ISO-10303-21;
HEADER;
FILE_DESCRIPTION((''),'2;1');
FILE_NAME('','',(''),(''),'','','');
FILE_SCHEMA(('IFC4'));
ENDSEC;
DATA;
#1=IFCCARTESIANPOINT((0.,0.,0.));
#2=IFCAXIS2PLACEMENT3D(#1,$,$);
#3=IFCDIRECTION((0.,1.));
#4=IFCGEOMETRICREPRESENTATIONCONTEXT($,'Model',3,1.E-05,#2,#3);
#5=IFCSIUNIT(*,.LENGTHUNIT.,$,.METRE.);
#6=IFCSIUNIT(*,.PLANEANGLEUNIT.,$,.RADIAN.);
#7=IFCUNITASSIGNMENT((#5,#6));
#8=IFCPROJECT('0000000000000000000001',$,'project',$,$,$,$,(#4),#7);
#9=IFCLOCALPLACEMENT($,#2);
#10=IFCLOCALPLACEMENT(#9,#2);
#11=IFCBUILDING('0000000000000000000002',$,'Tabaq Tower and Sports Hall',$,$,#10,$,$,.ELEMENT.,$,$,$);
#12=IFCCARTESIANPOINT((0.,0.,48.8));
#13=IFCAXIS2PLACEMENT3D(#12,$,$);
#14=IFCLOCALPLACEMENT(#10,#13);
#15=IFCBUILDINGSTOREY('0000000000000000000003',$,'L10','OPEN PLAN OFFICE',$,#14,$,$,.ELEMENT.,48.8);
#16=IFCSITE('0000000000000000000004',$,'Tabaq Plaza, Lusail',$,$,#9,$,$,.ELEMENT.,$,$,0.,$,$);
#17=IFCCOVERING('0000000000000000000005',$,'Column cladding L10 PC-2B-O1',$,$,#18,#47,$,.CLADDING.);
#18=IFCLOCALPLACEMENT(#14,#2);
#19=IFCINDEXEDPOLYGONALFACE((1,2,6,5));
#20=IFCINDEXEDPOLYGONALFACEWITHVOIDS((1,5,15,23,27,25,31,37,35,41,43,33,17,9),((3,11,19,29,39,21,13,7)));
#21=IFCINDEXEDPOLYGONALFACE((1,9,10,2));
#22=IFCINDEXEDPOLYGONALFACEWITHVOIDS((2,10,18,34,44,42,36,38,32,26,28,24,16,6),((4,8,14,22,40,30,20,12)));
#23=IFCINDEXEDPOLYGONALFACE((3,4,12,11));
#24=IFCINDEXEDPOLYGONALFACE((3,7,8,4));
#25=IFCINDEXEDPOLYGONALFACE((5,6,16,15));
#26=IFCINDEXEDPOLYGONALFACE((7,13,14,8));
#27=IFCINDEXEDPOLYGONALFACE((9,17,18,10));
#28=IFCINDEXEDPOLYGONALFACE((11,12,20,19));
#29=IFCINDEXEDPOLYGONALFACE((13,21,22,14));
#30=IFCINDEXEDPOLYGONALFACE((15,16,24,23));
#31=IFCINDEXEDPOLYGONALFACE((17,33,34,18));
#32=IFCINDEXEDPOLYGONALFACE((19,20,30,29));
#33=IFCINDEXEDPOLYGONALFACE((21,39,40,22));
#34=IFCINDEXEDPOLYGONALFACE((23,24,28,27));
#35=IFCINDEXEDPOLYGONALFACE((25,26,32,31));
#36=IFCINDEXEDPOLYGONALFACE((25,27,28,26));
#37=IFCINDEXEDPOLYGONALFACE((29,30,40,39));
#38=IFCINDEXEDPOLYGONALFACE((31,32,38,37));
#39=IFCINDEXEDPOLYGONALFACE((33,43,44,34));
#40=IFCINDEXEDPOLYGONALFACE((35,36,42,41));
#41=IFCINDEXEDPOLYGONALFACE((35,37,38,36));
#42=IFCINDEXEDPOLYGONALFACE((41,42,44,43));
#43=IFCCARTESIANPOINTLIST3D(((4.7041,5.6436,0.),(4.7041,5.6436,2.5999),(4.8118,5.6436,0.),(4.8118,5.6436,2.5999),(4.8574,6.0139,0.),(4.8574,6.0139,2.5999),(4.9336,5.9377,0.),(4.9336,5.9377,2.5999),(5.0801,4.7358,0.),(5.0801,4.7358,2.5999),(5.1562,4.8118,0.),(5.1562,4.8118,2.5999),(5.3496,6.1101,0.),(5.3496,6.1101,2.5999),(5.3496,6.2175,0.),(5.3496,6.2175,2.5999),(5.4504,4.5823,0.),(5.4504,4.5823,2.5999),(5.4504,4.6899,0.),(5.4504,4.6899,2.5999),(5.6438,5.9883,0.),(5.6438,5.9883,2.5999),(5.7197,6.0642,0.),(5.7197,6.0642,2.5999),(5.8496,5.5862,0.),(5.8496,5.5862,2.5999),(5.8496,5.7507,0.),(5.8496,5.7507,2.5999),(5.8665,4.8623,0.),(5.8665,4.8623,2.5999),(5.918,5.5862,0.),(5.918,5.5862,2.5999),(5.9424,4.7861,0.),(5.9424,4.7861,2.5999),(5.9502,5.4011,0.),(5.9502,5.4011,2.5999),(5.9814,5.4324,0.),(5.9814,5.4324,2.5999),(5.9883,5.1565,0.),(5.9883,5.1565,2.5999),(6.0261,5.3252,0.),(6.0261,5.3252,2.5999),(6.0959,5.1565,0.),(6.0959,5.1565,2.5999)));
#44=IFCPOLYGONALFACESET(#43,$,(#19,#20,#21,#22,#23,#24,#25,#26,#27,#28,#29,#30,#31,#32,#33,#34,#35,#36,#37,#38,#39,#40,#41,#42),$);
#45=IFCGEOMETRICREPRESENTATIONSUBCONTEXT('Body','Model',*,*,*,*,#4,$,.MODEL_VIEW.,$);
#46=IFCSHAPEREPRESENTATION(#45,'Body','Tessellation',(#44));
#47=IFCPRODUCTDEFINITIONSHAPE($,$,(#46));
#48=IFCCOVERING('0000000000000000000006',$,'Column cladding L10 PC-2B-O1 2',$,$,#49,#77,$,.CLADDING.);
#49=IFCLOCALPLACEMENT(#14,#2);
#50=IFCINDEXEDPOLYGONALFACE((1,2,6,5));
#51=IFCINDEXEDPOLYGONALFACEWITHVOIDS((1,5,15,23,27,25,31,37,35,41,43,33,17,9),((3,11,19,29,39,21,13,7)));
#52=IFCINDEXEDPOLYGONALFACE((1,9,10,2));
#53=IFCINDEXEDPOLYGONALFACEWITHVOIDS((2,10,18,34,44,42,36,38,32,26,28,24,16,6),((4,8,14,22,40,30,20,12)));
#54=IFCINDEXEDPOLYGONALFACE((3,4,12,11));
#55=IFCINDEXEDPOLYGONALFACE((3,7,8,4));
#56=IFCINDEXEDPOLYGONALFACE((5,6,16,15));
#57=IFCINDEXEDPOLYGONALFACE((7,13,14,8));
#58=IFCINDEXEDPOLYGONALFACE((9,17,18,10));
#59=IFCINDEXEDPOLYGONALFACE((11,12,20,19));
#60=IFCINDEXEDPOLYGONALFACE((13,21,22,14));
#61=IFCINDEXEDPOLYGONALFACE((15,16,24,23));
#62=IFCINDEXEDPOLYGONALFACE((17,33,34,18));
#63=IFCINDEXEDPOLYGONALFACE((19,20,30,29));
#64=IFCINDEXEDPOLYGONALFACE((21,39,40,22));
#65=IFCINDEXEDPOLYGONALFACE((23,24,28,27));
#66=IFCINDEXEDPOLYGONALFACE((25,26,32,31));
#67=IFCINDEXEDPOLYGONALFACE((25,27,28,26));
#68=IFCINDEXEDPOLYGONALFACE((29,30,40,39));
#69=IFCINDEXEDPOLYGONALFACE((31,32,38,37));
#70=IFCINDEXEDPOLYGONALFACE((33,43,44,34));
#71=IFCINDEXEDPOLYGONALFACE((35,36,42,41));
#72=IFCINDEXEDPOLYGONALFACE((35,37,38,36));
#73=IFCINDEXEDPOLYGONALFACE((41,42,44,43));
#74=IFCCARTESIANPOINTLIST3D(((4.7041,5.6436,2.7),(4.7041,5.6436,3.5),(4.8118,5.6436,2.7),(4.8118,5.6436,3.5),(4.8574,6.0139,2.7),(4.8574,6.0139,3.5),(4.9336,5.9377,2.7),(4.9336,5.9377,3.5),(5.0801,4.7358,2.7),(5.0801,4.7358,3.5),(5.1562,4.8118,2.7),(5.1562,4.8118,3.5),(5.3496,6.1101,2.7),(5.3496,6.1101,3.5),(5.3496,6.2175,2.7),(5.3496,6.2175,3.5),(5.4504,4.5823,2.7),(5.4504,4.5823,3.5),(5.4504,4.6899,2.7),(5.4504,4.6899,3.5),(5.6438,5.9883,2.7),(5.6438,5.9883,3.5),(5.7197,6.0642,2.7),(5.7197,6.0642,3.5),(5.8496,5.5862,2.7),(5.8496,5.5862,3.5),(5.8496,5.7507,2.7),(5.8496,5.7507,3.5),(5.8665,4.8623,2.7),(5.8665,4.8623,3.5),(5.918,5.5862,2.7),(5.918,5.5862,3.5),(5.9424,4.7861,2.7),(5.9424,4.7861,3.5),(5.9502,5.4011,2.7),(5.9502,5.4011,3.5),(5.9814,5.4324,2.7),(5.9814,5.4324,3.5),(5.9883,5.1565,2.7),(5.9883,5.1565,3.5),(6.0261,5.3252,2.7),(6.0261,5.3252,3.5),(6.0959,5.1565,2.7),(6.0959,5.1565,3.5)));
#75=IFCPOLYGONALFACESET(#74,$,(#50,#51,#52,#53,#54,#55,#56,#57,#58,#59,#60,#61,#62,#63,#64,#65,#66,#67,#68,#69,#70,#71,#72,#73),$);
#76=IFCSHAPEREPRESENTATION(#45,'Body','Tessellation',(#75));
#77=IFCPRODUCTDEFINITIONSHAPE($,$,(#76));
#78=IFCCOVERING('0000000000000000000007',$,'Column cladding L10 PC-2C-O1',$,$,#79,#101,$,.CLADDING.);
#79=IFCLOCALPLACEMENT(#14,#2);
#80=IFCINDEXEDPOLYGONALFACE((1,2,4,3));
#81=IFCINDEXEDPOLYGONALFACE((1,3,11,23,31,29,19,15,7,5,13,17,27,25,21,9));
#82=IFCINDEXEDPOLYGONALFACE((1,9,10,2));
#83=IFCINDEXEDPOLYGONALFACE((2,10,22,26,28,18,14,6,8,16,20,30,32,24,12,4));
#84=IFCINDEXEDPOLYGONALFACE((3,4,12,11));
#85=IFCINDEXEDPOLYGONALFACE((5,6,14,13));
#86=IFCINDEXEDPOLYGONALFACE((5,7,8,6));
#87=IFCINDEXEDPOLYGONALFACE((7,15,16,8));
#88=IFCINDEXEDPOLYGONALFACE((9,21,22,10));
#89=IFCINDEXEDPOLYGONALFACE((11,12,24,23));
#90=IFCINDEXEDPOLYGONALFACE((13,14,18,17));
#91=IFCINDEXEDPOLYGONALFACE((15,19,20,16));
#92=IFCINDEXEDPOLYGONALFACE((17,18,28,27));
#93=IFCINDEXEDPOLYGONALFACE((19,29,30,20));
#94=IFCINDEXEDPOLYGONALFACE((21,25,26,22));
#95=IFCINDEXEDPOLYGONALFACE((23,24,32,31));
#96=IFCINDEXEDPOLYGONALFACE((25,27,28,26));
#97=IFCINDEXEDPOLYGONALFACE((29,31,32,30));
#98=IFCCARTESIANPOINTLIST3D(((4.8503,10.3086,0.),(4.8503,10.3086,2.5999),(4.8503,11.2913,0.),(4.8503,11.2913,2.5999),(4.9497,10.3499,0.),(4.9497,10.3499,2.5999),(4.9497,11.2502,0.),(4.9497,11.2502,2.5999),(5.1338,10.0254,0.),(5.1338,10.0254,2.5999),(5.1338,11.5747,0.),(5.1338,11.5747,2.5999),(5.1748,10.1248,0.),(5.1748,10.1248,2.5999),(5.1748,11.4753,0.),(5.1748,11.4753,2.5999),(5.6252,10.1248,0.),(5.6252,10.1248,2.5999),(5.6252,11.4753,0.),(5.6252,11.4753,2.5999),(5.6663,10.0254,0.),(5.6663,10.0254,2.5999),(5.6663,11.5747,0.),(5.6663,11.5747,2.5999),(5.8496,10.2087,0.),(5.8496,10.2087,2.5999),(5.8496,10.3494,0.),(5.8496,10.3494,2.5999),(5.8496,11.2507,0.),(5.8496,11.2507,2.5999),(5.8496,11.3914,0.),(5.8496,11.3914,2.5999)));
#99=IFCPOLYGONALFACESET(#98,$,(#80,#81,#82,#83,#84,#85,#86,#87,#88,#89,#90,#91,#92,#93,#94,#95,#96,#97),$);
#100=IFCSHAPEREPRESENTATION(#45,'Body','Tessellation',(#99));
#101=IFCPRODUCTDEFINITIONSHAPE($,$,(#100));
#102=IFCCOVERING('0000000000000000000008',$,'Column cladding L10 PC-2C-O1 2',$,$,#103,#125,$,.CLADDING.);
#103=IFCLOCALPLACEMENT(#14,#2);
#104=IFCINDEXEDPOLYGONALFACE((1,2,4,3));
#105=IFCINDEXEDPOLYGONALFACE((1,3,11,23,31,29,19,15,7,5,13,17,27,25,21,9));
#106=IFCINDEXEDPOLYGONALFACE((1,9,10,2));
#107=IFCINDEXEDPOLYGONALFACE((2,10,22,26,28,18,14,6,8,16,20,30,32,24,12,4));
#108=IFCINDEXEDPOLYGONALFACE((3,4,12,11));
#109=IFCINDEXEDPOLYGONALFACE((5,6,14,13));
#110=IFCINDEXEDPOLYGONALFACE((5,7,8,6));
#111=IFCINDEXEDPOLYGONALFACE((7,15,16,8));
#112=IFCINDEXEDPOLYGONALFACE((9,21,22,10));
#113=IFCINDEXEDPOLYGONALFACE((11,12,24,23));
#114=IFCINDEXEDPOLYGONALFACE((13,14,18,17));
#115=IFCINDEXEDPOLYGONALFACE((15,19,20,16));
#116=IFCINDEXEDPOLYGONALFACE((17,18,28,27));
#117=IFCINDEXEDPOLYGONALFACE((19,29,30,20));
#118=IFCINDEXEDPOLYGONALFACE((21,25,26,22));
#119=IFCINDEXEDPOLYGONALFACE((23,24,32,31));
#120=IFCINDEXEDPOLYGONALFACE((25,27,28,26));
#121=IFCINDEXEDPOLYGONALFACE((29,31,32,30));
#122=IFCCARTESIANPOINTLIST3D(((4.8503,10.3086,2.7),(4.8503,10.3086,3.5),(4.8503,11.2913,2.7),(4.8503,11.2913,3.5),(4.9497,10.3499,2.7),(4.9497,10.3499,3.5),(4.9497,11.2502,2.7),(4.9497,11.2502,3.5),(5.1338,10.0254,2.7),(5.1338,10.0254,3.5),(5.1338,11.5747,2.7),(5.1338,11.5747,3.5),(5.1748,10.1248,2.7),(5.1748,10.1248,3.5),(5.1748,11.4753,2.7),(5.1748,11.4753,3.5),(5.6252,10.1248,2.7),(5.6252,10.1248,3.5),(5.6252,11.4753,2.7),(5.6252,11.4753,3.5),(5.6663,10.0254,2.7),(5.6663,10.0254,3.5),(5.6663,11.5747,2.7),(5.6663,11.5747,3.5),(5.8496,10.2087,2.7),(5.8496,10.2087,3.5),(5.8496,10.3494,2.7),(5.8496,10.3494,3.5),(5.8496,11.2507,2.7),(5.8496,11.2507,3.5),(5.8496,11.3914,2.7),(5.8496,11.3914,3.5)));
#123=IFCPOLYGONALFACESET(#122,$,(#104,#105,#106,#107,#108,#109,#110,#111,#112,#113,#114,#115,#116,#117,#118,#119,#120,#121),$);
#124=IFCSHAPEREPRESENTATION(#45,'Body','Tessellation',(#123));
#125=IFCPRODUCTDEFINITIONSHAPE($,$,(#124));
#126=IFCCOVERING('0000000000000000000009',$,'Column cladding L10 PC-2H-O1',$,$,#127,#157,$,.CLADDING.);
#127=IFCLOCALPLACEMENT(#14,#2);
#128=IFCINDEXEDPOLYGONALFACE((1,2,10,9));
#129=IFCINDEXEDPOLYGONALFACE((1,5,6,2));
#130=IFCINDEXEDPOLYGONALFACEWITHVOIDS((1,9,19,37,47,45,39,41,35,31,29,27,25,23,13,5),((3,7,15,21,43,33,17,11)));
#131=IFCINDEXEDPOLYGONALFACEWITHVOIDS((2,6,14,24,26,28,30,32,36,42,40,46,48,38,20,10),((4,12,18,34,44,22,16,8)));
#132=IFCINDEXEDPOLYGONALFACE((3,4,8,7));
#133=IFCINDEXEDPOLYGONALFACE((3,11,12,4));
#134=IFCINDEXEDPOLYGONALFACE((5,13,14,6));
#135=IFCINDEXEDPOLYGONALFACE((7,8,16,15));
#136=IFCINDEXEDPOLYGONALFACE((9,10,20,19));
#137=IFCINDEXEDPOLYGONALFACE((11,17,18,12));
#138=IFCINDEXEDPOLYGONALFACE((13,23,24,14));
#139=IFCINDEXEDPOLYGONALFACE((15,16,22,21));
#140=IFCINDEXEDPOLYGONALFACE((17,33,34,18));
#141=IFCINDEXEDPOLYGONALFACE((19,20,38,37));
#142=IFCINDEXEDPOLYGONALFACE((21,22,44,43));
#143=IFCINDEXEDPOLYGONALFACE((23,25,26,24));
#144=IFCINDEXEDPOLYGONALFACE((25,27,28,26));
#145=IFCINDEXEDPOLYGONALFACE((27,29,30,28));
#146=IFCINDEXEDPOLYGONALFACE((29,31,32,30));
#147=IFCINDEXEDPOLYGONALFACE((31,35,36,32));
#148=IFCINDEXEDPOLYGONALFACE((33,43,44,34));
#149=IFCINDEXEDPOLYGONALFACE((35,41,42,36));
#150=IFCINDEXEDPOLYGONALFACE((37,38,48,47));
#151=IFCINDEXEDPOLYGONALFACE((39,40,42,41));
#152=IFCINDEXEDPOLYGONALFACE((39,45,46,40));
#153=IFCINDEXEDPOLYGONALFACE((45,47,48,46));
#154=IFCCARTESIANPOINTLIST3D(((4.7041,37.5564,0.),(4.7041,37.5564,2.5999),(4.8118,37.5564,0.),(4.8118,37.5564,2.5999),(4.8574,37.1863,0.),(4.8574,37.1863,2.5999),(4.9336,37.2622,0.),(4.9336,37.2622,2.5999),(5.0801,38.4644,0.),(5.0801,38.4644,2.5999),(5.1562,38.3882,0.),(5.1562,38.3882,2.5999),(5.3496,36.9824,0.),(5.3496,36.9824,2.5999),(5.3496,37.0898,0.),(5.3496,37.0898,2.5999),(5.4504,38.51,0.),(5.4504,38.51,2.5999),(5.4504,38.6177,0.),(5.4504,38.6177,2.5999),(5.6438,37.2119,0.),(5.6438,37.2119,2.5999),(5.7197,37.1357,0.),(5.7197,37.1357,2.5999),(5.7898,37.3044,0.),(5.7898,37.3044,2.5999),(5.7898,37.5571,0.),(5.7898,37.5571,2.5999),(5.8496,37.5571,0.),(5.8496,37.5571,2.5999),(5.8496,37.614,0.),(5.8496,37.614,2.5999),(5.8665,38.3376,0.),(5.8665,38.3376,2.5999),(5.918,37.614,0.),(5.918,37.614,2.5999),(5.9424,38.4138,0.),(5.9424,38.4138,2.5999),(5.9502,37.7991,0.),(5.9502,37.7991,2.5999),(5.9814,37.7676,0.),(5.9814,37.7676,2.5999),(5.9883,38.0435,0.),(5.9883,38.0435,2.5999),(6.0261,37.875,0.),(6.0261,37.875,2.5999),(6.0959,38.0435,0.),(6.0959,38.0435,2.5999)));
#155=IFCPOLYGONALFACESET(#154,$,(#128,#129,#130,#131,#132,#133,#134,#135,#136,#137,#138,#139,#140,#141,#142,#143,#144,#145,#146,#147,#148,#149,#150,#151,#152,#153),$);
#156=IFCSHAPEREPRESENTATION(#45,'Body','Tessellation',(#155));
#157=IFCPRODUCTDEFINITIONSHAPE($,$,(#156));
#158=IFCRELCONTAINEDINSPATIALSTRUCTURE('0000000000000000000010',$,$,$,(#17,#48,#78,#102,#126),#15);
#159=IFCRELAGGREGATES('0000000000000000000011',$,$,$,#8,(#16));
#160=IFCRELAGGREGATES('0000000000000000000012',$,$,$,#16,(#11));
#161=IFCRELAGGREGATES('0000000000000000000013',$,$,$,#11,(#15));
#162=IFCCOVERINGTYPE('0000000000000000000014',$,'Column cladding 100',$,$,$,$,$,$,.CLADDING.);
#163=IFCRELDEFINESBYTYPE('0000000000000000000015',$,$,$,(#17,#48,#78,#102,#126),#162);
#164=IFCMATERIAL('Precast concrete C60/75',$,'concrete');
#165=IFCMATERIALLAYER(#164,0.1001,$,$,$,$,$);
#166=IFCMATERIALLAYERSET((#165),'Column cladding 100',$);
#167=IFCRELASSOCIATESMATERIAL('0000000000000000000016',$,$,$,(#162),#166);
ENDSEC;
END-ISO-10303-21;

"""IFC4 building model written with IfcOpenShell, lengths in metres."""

from ifc_helpers import new_model, si_unit, direction, frame, origin, place, context, subcontext, project, spatial, polyline, outline, extrude, material, layer, layer_set, type_object, element, save


model = new_model("IFC4")

# Units and contexts
model_context = context("Model", 3, precision=1e-05, world=origin(), true_north=direction((0.0, 1.0)))
body_context = subcontext(model_context, "Body", "Model", "MODEL_VIEW")
ifc_project = project(units=[si_unit("LENGTHUNIT", "METRE"), si_unit("PLANEANGLEUNIT", "RADIAN")], contexts=[model_context])

# Site, building, storey
site_placement = place(None, origin())
site = spatial("IfcSite", under=ifc_project, at=site_placement, Name="Tabaq Plaza, Lusail", CompositionType="ELEMENT", RefElevation=0.0)
building_placement = place(site_placement, origin())
building = spatial("IfcBuilding", under=site, at=building_placement, Name="Tabaq Tower and Sports Hall", CompositionType="ELEMENT")
storey_placement = place(building_placement, frame((0.0, 0.0, 48.8)))
storey = spatial("IfcBuildingStorey", under=building, at=storey_placement, Name="L10", Description="OPEN PLAN OFFICE", CompositionType="ELEMENT", Elevation=48.8)

# Coverings
ifc_material_1 = material(Name="Precast concrete C60/75", Category="concrete")
ifc_layer_1 = layer(ifc_material_1, 0.1001)
ifc_layer_set_1 = layer_set([ifc_layer_1], Name="Column cladding 100")
covering_type = type_object("IfcCoveringType", Name="Column cladding 100", PredefinedType="CLADDING", material=ifc_layer_set_1)
covering_1_placement = place(storey_placement, origin())
element("IfcCovering", 1, at=covering_1_placement, inside=storey, type_object=covering_type, Name="Column cladding L10 PC-2B-O1", PredefinedType="CLADDING", context=body_context, shape_type="SweptSolid", body=[
    extrude(outline(polyline([(5.4504, 4.5823), (5.0801, 4.7358), (4.7041, 5.6436), (4.8574, 6.0139), (5.3496, 6.2175), (5.7197, 6.0642), (5.8496, 5.7507), (5.8496, 5.5862), (5.918, 5.5862), (5.9814, 5.4324), (5.9502, 5.4011), (6.0261, 5.3252), (6.0959, 5.1565), (5.9424, 4.7861), (5.4504, 4.5823)]), holes=[polyline([(5.3496, 6.1101), (4.9336, 5.9377), (4.8118, 5.6436), (5.1562, 4.8118), (5.4504, 4.6899), (5.8665, 4.8623), (5.9883, 5.1565), (5.6438, 5.9883), (5.3496, 6.1101)])]), origin(), (0.0, 0.0, 1.0), 2.5999),
])
covering_2_placement = place(storey_placement, frame((0.0, 0.0, 2.7)))
element("IfcCovering", 2, at=covering_2_placement, inside=storey, type_object=covering_type, Name="Column cladding L10 PC-2B-O1 2", PredefinedType="CLADDING", context=body_context, shape_type="SweptSolid", body=[
    extrude(outline(polyline([(5.4504, 4.5823), (5.0801, 4.7358), (4.7041, 5.6436), (4.8574, 6.0139), (5.3496, 6.2175), (5.7197, 6.0642), (5.8496, 5.7507), (5.8496, 5.5862), (5.918, 5.5862), (5.9814, 5.4324), (5.9502, 5.4011), (6.0261, 5.3252), (6.0959, 5.1565), (5.9424, 4.7861), (5.4504, 4.5823)]), holes=[polyline([(5.3496, 6.1101), (4.9336, 5.9377), (4.8118, 5.6436), (5.1562, 4.8118), (5.4504, 4.6899), (5.8665, 4.8623), (5.9883, 5.1565), (5.6438, 5.9883), (5.3496, 6.1101)])]), origin(), (0.0, 0.0, 1.0), 0.8),
])
covering_3_placement = place(storey_placement, origin())
element("IfcCovering", 3, at=covering_3_placement, inside=storey, type_object=covering_type, Name="Column cladding L10 PC-2C-O1", PredefinedType="CLADDING", context=body_context, shape_type="SweptSolid", body=[
    extrude(outline(polyline([(5.1338, 10.0254), (4.8503, 10.3086), (4.8503, 11.2913), (5.1338, 11.5747), (5.6663, 11.5747), (5.8496, 11.3914), (5.8496, 11.2507), (5.6252, 11.4753), (5.1748, 11.4753), (4.9497, 11.2502), (4.9497, 10.3499), (5.1748, 10.1248), (5.6252, 10.1248), (5.8496, 10.3494), (5.8496, 10.2087), (5.6663, 10.0254), (5.1338, 10.0254)])), origin(), (0.0, 0.0, 1.0), 2.5999),
])
covering_4_placement = place(storey_placement, frame((0.0, 0.0, 2.7)))
element("IfcCovering", 4, at=covering_4_placement, inside=storey, type_object=covering_type, Name="Column cladding L10 PC-2C-O1 2", PredefinedType="CLADDING", context=body_context, shape_type="SweptSolid", body=[
    extrude(outline(polyline([(5.1338, 10.0254), (4.8503, 10.3086), (4.8503, 11.2913), (5.1338, 11.5747), (5.6663, 11.5747), (5.8496, 11.3914), (5.8496, 11.2507), (5.6252, 11.4753), (5.1748, 11.4753), (4.9497, 11.2502), (4.9497, 10.3499), (5.1748, 10.1248), (5.6252, 10.1248), (5.8496, 10.3494), (5.8496, 10.2087), (5.6663, 10.0254), (5.1338, 10.0254)])), origin(), (0.0, 0.0, 1.0), 0.8),
])
covering_5_placement = place(storey_placement, origin())
element("IfcCovering", 5, at=covering_5_placement, inside=storey, type_object=covering_type, Name="Column cladding L10 PC-2H-O1", PredefinedType="CLADDING", context=body_context, shape_type="SweptSolid", body=[
    extrude(outline(polyline([(4.8574, 37.1863), (4.7041, 37.5564), (5.0801, 38.4644), (5.4504, 38.6177), (5.9424, 38.4138), (6.0959, 38.0435), (6.0261, 37.875), (5.9502, 37.7991), (5.9814, 37.7676), (5.918, 37.614), (5.8496, 37.614), (5.8496, 37.5571), (5.7898, 37.5571), (5.7898, 37.3044), (5.7197, 37.1357), (5.3496, 36.9824), (4.8574, 37.1863)]), holes=[polyline([(5.8665, 38.3376), (5.4504, 38.51), (5.1562, 38.3882), (4.8118, 37.5564), (4.9336, 37.2622), (5.3496, 37.0898), (5.6438, 37.2119), (5.9883, 38.0435), (5.8665, 38.3376)])]), origin(), (0.0, 0.0, 1.0), 2.5999),
])

save(model, "model.ifc")
